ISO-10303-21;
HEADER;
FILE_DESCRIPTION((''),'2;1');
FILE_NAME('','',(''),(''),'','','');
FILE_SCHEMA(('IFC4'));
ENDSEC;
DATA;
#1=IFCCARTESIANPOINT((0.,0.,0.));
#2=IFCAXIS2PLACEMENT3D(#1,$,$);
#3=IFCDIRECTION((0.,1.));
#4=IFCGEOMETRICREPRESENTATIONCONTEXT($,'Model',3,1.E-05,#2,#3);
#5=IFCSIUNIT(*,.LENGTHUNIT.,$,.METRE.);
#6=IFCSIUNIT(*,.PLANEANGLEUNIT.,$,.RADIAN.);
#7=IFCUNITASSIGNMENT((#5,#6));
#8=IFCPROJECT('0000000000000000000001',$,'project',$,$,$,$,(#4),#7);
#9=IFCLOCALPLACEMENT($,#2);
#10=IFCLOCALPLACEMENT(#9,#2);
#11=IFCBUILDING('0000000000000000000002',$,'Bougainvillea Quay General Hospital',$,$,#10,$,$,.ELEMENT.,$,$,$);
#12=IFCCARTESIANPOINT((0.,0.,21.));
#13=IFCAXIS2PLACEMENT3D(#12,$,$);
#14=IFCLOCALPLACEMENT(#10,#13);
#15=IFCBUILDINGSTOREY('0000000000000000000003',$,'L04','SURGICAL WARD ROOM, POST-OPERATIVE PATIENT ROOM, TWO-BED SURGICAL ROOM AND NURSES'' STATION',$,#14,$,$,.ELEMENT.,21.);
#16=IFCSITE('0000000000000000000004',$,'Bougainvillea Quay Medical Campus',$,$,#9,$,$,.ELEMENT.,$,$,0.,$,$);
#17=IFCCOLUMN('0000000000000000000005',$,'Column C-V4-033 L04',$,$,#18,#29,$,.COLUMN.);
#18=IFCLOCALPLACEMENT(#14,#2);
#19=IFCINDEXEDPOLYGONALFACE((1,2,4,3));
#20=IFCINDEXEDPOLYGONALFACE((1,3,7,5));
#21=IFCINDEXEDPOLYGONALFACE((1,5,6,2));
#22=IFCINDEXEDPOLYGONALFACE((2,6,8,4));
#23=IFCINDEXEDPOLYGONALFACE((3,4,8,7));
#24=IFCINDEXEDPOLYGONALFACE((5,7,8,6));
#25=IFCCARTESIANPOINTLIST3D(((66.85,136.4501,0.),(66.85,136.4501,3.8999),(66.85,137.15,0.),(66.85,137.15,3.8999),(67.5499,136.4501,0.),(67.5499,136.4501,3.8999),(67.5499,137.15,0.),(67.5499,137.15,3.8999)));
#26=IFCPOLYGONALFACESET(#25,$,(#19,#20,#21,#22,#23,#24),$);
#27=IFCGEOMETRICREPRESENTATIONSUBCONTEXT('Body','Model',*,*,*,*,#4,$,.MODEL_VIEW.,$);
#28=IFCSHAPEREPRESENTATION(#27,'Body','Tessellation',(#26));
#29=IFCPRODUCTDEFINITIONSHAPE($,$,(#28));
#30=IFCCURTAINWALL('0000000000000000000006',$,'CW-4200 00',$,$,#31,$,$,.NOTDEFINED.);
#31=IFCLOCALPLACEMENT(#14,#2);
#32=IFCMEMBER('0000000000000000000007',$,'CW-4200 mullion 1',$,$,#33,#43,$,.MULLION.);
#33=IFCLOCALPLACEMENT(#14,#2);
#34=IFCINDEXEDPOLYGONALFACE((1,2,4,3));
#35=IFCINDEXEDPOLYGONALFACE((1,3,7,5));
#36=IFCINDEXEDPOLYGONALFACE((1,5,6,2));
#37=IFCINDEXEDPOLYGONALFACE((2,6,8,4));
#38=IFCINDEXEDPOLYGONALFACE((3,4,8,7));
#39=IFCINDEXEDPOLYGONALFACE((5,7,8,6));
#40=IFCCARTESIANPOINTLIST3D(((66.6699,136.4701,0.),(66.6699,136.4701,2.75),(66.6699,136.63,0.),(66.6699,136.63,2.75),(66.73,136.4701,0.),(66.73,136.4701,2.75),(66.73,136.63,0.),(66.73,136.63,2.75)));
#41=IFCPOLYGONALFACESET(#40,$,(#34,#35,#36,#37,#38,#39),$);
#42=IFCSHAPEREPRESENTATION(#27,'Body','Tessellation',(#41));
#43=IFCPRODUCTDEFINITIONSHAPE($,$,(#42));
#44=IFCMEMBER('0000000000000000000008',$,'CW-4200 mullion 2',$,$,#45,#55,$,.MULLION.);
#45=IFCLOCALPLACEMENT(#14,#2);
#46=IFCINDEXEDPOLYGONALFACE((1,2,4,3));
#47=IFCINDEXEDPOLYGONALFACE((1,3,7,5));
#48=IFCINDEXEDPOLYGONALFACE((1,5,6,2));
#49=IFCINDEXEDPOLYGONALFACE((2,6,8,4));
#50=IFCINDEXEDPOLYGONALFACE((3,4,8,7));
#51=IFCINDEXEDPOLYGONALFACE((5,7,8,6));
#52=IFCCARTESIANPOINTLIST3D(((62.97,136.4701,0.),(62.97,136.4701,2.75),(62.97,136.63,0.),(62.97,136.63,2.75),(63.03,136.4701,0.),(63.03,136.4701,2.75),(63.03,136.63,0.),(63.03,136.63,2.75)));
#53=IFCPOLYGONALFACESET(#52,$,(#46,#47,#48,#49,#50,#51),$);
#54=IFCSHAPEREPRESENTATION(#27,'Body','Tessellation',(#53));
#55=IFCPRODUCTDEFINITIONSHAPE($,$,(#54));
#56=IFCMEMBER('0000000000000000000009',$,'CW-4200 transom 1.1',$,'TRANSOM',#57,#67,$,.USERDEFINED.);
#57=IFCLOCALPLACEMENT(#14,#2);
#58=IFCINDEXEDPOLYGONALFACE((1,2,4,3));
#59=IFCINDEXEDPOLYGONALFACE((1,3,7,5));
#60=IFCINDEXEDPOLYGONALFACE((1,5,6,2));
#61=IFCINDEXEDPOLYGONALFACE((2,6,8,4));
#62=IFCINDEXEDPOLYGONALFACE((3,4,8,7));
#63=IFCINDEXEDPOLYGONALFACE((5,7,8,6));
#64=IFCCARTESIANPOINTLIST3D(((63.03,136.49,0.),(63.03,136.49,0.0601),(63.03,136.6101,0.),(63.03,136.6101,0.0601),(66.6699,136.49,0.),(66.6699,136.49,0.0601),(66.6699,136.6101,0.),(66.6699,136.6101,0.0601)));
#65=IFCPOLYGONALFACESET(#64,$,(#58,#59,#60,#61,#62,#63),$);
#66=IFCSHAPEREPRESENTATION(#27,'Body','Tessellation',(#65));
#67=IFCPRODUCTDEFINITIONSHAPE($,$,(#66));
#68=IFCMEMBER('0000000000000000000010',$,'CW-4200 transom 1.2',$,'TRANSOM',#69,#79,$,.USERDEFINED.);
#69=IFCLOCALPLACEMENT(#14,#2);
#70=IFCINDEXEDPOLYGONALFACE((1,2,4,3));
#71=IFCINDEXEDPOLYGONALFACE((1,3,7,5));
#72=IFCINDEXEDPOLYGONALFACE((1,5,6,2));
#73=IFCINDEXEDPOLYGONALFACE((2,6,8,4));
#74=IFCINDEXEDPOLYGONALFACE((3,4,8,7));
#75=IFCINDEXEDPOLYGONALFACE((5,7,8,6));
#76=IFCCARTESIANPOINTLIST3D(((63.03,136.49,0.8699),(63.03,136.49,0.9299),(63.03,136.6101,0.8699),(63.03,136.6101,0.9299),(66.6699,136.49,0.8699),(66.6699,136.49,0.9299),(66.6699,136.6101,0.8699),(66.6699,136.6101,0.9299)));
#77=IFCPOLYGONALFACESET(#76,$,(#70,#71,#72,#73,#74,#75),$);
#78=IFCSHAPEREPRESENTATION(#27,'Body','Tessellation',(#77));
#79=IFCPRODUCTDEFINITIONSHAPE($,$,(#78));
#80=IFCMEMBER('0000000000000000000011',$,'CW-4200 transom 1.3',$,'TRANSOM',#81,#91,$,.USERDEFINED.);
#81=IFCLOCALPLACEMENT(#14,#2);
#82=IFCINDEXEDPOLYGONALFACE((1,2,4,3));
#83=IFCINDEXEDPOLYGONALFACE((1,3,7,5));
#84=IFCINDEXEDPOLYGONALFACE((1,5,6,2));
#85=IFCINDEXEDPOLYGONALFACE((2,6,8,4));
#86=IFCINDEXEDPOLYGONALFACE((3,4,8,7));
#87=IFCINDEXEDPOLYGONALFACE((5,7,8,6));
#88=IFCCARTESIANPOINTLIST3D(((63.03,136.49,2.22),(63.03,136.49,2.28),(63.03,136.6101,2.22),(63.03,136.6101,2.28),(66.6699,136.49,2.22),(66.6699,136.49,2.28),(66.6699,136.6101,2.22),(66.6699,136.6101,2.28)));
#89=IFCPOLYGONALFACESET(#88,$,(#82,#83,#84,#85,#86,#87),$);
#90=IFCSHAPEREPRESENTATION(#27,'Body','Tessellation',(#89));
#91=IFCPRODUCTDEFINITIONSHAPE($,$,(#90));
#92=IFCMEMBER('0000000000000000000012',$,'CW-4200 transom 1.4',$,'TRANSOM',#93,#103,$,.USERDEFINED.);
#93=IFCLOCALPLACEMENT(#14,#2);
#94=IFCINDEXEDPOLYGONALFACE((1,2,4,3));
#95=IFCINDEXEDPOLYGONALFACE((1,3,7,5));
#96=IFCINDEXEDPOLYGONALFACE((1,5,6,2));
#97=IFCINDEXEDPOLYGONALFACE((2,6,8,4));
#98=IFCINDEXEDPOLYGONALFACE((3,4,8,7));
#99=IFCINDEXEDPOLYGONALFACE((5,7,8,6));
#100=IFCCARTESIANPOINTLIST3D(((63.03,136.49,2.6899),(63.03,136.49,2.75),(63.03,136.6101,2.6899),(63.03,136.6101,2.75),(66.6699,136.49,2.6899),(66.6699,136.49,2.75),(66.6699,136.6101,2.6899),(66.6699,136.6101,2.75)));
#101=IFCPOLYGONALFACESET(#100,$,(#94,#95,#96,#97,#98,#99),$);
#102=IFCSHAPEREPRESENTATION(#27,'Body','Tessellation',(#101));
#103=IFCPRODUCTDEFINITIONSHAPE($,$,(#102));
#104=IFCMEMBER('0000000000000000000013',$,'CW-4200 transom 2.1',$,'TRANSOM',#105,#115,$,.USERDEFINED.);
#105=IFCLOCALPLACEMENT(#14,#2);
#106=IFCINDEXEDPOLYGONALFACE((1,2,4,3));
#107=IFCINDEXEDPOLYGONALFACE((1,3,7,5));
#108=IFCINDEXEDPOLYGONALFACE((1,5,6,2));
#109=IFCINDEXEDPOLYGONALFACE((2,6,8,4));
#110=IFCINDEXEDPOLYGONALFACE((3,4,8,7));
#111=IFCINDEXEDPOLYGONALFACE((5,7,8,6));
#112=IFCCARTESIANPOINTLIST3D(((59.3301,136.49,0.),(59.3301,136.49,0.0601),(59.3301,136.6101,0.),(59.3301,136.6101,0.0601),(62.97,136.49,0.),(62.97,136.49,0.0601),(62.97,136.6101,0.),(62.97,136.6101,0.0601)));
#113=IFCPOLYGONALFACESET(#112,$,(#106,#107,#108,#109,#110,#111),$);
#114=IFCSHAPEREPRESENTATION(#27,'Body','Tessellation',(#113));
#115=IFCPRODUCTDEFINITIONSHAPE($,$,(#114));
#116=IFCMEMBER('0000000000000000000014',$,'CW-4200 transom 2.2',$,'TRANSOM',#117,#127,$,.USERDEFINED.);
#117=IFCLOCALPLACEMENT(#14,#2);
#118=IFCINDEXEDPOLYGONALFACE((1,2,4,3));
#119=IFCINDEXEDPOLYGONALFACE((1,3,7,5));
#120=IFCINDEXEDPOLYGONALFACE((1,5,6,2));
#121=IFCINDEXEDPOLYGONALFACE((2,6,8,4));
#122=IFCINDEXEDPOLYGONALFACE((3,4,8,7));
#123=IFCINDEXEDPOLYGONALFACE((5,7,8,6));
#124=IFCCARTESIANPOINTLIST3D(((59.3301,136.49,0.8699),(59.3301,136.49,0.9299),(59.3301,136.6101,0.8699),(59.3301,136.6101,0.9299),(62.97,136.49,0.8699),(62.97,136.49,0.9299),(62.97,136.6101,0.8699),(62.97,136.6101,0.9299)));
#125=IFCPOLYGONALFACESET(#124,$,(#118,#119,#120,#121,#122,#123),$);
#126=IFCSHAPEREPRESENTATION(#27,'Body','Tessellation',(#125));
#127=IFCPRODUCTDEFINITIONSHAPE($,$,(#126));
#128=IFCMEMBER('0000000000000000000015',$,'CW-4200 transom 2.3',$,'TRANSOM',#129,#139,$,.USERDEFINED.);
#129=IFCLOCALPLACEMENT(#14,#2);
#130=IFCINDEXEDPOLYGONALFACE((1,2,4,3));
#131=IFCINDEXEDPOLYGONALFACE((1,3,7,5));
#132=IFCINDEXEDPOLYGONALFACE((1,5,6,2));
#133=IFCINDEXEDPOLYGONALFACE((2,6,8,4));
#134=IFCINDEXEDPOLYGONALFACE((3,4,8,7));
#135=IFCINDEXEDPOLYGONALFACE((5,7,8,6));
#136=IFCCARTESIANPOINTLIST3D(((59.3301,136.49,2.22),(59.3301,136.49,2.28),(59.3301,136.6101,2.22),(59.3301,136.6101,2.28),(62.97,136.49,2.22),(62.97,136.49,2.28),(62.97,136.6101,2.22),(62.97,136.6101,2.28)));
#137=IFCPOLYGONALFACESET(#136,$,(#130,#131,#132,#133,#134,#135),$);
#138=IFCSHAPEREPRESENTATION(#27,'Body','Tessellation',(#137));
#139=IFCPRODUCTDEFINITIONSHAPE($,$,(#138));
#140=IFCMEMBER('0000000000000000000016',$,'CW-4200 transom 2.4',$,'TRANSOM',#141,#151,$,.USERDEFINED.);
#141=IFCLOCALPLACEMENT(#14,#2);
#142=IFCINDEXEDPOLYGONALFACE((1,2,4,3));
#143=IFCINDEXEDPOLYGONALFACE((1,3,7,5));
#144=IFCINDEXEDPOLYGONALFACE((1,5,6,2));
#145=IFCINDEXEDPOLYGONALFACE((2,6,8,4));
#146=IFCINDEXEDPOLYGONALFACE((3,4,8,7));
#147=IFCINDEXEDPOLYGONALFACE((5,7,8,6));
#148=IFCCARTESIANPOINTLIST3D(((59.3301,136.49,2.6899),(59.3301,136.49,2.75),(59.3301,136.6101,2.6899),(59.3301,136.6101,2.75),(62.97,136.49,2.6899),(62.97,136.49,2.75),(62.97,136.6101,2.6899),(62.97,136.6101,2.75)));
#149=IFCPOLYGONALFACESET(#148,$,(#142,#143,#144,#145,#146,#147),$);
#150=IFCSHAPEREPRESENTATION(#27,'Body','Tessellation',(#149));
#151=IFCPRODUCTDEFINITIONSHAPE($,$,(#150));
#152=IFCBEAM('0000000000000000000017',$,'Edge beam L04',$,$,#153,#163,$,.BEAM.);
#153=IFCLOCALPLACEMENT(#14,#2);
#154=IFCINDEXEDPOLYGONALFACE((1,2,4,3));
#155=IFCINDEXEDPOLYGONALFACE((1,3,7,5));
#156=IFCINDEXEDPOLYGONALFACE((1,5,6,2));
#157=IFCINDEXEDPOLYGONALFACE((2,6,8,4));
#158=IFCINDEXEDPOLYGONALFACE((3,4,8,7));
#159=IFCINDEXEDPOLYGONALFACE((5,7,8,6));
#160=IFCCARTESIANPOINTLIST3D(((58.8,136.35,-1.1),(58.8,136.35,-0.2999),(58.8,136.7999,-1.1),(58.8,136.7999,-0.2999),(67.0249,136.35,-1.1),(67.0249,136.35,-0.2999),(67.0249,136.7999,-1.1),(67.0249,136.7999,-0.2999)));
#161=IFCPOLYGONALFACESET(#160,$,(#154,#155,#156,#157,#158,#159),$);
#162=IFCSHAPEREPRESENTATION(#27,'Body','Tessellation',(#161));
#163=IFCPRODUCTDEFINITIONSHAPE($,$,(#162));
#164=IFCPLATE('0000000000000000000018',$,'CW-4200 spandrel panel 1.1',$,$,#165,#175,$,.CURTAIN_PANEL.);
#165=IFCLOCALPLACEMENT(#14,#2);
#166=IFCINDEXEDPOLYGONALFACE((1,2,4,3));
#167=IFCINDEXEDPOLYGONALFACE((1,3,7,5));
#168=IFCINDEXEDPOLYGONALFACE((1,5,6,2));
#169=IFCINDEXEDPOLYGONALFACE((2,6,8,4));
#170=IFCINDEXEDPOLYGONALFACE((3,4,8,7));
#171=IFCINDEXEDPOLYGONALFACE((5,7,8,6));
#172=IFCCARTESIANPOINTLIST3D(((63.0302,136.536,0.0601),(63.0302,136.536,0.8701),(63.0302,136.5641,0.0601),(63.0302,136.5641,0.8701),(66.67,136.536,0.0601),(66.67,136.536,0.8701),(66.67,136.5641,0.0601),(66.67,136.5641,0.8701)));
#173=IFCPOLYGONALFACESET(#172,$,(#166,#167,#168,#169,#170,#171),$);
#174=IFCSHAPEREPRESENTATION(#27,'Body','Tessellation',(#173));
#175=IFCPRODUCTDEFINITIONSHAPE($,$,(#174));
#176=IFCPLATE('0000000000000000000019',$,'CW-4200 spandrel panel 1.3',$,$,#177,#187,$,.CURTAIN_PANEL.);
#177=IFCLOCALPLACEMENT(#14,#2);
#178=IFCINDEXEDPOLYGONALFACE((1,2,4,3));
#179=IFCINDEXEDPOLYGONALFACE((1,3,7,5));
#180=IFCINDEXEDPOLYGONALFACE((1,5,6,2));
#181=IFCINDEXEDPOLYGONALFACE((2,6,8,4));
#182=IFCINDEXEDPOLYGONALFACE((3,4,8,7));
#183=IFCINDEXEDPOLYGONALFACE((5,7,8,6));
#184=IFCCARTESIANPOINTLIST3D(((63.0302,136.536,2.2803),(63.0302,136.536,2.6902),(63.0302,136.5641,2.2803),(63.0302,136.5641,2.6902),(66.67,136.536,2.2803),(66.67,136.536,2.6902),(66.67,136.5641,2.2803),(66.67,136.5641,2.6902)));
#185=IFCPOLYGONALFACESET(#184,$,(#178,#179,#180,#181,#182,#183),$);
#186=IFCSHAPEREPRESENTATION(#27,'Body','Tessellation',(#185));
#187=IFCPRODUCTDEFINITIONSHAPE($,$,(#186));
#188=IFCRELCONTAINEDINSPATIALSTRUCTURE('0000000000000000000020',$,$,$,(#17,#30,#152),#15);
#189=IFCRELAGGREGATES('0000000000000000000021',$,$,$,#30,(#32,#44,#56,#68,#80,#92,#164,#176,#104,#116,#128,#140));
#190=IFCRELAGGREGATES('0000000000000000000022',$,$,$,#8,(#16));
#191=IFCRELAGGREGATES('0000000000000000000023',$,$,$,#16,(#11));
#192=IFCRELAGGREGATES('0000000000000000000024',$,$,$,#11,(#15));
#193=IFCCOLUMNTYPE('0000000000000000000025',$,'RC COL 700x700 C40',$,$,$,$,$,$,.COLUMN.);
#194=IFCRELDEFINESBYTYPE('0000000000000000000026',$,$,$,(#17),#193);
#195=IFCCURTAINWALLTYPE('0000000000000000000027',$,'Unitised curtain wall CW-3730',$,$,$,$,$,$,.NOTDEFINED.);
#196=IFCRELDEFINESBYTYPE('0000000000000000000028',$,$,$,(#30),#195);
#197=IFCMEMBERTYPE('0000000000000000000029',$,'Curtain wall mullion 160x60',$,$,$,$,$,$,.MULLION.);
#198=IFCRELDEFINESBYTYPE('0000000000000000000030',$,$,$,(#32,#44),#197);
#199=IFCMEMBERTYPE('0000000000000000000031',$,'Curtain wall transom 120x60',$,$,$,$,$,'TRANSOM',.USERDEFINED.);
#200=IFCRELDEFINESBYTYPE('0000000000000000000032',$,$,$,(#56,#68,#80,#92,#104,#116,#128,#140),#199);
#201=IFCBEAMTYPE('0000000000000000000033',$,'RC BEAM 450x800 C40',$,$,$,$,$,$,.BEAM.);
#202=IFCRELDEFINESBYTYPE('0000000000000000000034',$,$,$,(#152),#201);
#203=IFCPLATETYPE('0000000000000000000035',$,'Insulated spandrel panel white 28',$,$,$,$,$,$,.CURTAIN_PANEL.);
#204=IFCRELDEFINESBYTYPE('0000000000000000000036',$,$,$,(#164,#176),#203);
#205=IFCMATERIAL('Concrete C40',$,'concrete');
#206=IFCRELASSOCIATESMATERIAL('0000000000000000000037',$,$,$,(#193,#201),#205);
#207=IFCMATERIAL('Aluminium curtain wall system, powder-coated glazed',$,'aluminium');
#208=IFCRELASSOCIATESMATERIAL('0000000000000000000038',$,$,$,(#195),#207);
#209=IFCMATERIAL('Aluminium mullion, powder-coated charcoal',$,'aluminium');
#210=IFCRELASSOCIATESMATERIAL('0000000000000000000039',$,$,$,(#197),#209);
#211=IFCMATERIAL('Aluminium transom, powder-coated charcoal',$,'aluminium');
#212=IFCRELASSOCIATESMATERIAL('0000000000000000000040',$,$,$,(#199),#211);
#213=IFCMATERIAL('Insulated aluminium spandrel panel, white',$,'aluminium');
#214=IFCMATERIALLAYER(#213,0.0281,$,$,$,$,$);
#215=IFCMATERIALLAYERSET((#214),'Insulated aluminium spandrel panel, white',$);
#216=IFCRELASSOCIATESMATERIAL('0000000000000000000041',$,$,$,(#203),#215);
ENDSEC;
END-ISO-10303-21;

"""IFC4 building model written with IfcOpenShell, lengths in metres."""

from ifc_helpers import new_model, si_unit, direction, frame, origin, origin_2d, place, context, subcontext, project, spatial, rectangle, extrude, material, layer, layer_set, material_profile, profile_set, type_object, element, aggregate, save


model = new_model("IFC4")

# Units and contexts
model_context = context("Model", 3, precision=1e-05, world=origin(), true_north=direction((0.0, 1.0)))
body_context = subcontext(model_context, "Body", "Model", "MODEL_VIEW")
ifc_project = project(units=[si_unit("LENGTHUNIT", "METRE"), si_unit("PLANEANGLEUNIT", "RADIAN")], contexts=[model_context])

# Site, building, storey
site_placement = place(None, origin())
site = spatial("IfcSite", under=ifc_project, at=site_placement, Name="Bougainvillea Quay Medical Campus", CompositionType="ELEMENT", RefElevation=0.0)
building_placement = place(site_placement, origin())
building = spatial("IfcBuilding", under=site, at=building_placement, Name="Bougainvillea Quay General Hospital", CompositionType="ELEMENT")
storey_placement = place(building_placement, frame((0.0, 0.0, 21.0)))
storey = spatial("IfcBuildingStorey", under=building, at=storey_placement, Name="L04", Description="SURGICAL WARD ROOM, POST-OPERATIVE PATIENT ROOM, TWO-BED SURGICAL ROOM AND NURSES' STATION", CompositionType="ELEMENT", Elevation=21.0)

# Column
ifc_material_1 = material(Name="Concrete C40", Category="concrete")
ifc_material_profile_1 = material_profile(ifc_material_1, rectangle(XDim=0.7, YDim=0.7, at=origin_2d()))
ifc_profile_set_1 = profile_set([ifc_material_profile_1], Name="Concrete C40")
column_type = type_object("IfcColumnType", Name="RC COL 700x700 C40", PredefinedType="COLUMN", material=ifc_profile_set_1)
column_placement = place(storey_placement, frame((67.2, 136.8, 0.0), z_axis=(0.0, 0.0, 1.0), x_axis=(1.0, 0.0, 0.0)))
element("IfcColumn", 1, at=column_placement, inside=storey, type_object=column_type, Name="Column C-V4-033 L04", PredefinedType="COLUMN", context=body_context, shape_type="SweptSolid", body=[
    extrude(rectangle(XDim=0.7, YDim=0.7, at=origin_2d()), origin(), (0.0, 0.0, 1.0), 3.8999),
])

# Curtain wall, members
ifc_material_2 = material(Name="Aluminium curtain wall system, powder-coated glazed", Category="aluminium")
curtain_wall_type = type_object("IfcCurtainWallType", Name="Unitised curtain wall CW-3730", PredefinedType="NOTDEFINED", material=ifc_material_2)
curtain_wall_placement = place(storey_placement, origin())
curtain_wall = element("IfcCurtainWall", 2, at=curtain_wall_placement, inside=storey, type_object=curtain_wall_type, Name="CW-4200 00", PredefinedType="NOTDEFINED")
ifc_material_3 = material(Name="Aluminium mullion, powder-coated charcoal", Category="aluminium")
ifc_material_profile_2 = material_profile(ifc_material_3, rectangle(XDim=0.1599, YDim=0.0601, at=origin_2d()))
ifc_profile_set_2 = profile_set([ifc_material_profile_2], Name="Aluminium mullion, powder-coated charcoal")
member_type_1 = type_object("IfcMemberType", Name="Curtain wall mullion 160x60", PredefinedType="MULLION", material=ifc_profile_set_2)
member_1_placement = place(storey_placement, frame((66.7, 136.55, 0.0), z_axis=(0.0, 0.0, 1.0), x_axis=(0.0, -1.0, 0.0)))
member_1 = element("IfcMember", 3, at=member_1_placement, type_object=member_type_1, Name="CW-4200 mullion 1", PredefinedType="MULLION", context=body_context, shape_type="SweptSolid", body=[
    extrude(rectangle(XDim=0.1599, YDim=0.0601, at=origin_2d()), origin(), (0.0, 0.0, 1.0), 2.75),
])
member_2_placement = place(storey_placement, frame((63.0, 136.55, 0.0), z_axis=(0.0, 0.0, 1.0), x_axis=(0.0, -1.0, 0.0)))
member_2 = element("IfcMember", 4, at=member_2_placement, type_object=member_type_1, Name="CW-4200 mullion 2", PredefinedType="MULLION", context=body_context, shape_type="SweptSolid", body=[
    extrude(rectangle(XDim=0.1599, YDim=0.0601, at=origin_2d()), origin(), (0.0, 0.0, 1.0), 2.75),
])
ifc_material_4 = material(Name="Aluminium transom, powder-coated charcoal", Category="aluminium")
ifc_material_profile_3 = material_profile(ifc_material_4, rectangle(XDim=0.1201, YDim=0.0601, at=origin_2d()))
ifc_profile_set_3 = profile_set([ifc_material_profile_3], Name="Aluminium transom, powder-coated charcoal")
member_type_2 = type_object("IfcMemberType", Name="Curtain wall transom 120x60", ElementType="TRANSOM", PredefinedType="USERDEFINED", material=ifc_profile_set_3)
member_3_placement = place(storey_placement, frame((66.6699, 136.55, 0.03), z_axis=(-1.0, 0.0, 0.0), x_axis=(0.0, -1.0, 0.0)))
member_3 = element("IfcMember", 5, at=member_3_placement, type_object=member_type_2, Name="CW-4200 transom 1.1", ObjectType="TRANSOM", PredefinedType="USERDEFINED", context=body_context, shape_type="SweptSolid", body=[
    extrude(rectangle(XDim=0.1201, YDim=0.0601, at=origin_2d()), origin(), (0.0, 0.0, 1.0), 3.6399),
])
member_4_placement = place(storey_placement, frame((66.6699, 136.55, 0.8999), z_axis=(-1.0, 0.0, 0.0), x_axis=(0.0, -1.0, 0.0)))
member_4 = element("IfcMember", 6, at=member_4_placement, type_object=member_type_2, Name="CW-4200 transom 1.2", ObjectType="TRANSOM", PredefinedType="USERDEFINED", context=body_context, shape_type="SweptSolid", body=[
    extrude(rectangle(XDim=0.1201, YDim=0.0601, at=origin_2d()), origin(), (0.0, 0.0, 1.0), 3.6399),
])
member_5_placement = place(storey_placement, frame((66.6699, 136.55, 2.25), z_axis=(-1.0, 0.0, 0.0), x_axis=(0.0, -1.0, 0.0)))
member_5 = element("IfcMember", 7, at=member_5_placement, type_object=member_type_2, Name="CW-4200 transom 1.3", ObjectType="TRANSOM", PredefinedType="USERDEFINED", context=body_context, shape_type="SweptSolid", body=[
    extrude(rectangle(XDim=0.1201, YDim=0.0601, at=origin_2d()), origin(), (0.0, 0.0, 1.0), 3.6399),
])
member_6_placement = place(storey_placement, frame((66.6699, 136.55, 2.72), z_axis=(-1.0, 0.0, 0.0), x_axis=(0.0, -1.0, 0.0)))
member_6 = element("IfcMember", 8, at=member_6_placement, type_object=member_type_2, Name="CW-4200 transom 1.4", ObjectType="TRANSOM", PredefinedType="USERDEFINED", context=body_context, shape_type="SweptSolid", body=[
    extrude(rectangle(XDim=0.1201, YDim=0.0601, at=origin_2d()), origin(), (0.0, 0.0, 1.0), 3.6399),
])
member_7_placement = place(storey_placement, frame((62.97, 136.55, 0.03), z_axis=(-1.0, 0.0, 0.0), x_axis=(0.0, -1.0, 0.0)))
member_7 = element("IfcMember", 9, at=member_7_placement, type_object=member_type_2, Name="CW-4200 transom 2.1", ObjectType="TRANSOM", PredefinedType="USERDEFINED", context=body_context, shape_type="SweptSolid", body=[
    extrude(rectangle(XDim=0.1201, YDim=0.0601, at=origin_2d()), origin(), (0.0, 0.0, 1.0), 3.6399),
])
member_8_placement = place(storey_placement, frame((62.97, 136.55, 0.8999), z_axis=(-1.0, 0.0, 0.0), x_axis=(0.0, -1.0, 0.0)))
member_8 = element("IfcMember", 10, at=member_8_placement, type_object=member_type_2, Name="CW-4200 transom 2.2", ObjectType="TRANSOM", PredefinedType="USERDEFINED", context=body_context, shape_type="SweptSolid", body=[
    extrude(rectangle(XDim=0.1201, YDim=0.0601, at=origin_2d()), origin(), (0.0, 0.0, 1.0), 3.6399),
])
member_9_placement = place(storey_placement, frame((62.97, 136.55, 2.25), z_axis=(-1.0, 0.0, 0.0), x_axis=(0.0, -1.0, 0.0)))
member_9 = element("IfcMember", 11, at=member_9_placement, type_object=member_type_2, Name="CW-4200 transom 2.3", ObjectType="TRANSOM", PredefinedType="USERDEFINED", context=body_context, shape_type="SweptSolid", body=[
    extrude(rectangle(XDim=0.1201, YDim=0.0601, at=origin_2d()), origin(), (0.0, 0.0, 1.0), 3.6399),
])
member_10_placement = place(storey_placement, frame((62.97, 136.55, 2.72), z_axis=(-1.0, 0.0, 0.0), x_axis=(0.0, -1.0, 0.0)))
member_10 = element("IfcMember", 12, at=member_10_placement, type_object=member_type_2, Name="CW-4200 transom 2.4", ObjectType="TRANSOM", PredefinedType="USERDEFINED", context=body_context, shape_type="SweptSolid", body=[
    extrude(rectangle(XDim=0.1201, YDim=0.0601, at=origin_2d()), origin(), (0.0, 0.0, 1.0), 3.6399),
])

# Beam
ifc_material_profile_4 = material_profile(ifc_material_1, rectangle(XDim=0.45, YDim=0.8, at=origin_2d()))
ifc_profile_set_4 = profile_set([ifc_material_profile_4], Name="Concrete C40")
beam_type = type_object("IfcBeamType", Name="RC BEAM 450x800 C40", PredefinedType="BEAM", material=ifc_profile_set_4)
beam_placement = place(storey_placement, frame((67.0249, 136.575, -0.7), z_axis=(-1.0, 0.0, 0.0), x_axis=(0.0, -1.0, 0.0)))
element("IfcBeam", 13, at=beam_placement, inside=storey, type_object=beam_type, Name="Edge beam L04", PredefinedType="BEAM", context=body_context, shape_type="SweptSolid", body=[
    extrude(rectangle(XDim=0.45, YDim=0.8, at=origin_2d()), origin(), (0.0, 0.0, 1.0), 8.2249),
])

# Plates
ifc_material_5 = material(Name="Insulated aluminium spandrel panel, white", Category="aluminium")
ifc_layer_1 = layer(ifc_material_5, 0.0281)
ifc_layer_set_1 = layer_set([ifc_layer_1], Name="Insulated aluminium spandrel panel, white")
plate_type_1 = type_object("IfcPlateType", Name="Insulated spandrel panel white 28", PredefinedType="CURTAIN_PANEL", material=ifc_layer_set_1)
plate_1_placement = place(storey_placement, frame((64.8501, 136.55, 0.0601), z_axis=(0.0, 0.0, 1.0), x_axis=(-1.0, 0.0, 0.0)))
plate_1 = element("IfcPlate", 14, at=plate_1_placement, type_object=plate_type_1, Name="CW-4200 spandrel panel 1.1", PredefinedType="CURTAIN_PANEL", context=body_context, shape_type="SweptSolid", body=[
    extrude(rectangle(XDim=3.6399, YDim=0.0281, at=origin_2d()), origin(), (0.0, 0.0, 1.0), 0.8101),
])
plate_2_placement = place(storey_placement, frame((64.8501, 136.55, 2.2803), z_axis=(0.0, 0.0, 1.0), x_axis=(-1.0, 0.0, 0.0)))
plate_2 = element("IfcPlate", 15, at=plate_2_placement, type_object=plate_type_1, Name="CW-4200 spandrel panel 1.3", PredefinedType="CURTAIN_PANEL", context=body_context, shape_type="SweptSolid", body=[
    extrude(rectangle(XDim=3.6399, YDim=0.0281, at=origin_2d()), origin(), (0.0, 0.0, 1.0), 0.4099),
])
aggregate(curtain_wall, [member_1, member_2, member_3, member_4, member_5, member_6, plate_1, plate_2, member_7, member_8, member_9, member_10])

save(model, "model.ifc")
